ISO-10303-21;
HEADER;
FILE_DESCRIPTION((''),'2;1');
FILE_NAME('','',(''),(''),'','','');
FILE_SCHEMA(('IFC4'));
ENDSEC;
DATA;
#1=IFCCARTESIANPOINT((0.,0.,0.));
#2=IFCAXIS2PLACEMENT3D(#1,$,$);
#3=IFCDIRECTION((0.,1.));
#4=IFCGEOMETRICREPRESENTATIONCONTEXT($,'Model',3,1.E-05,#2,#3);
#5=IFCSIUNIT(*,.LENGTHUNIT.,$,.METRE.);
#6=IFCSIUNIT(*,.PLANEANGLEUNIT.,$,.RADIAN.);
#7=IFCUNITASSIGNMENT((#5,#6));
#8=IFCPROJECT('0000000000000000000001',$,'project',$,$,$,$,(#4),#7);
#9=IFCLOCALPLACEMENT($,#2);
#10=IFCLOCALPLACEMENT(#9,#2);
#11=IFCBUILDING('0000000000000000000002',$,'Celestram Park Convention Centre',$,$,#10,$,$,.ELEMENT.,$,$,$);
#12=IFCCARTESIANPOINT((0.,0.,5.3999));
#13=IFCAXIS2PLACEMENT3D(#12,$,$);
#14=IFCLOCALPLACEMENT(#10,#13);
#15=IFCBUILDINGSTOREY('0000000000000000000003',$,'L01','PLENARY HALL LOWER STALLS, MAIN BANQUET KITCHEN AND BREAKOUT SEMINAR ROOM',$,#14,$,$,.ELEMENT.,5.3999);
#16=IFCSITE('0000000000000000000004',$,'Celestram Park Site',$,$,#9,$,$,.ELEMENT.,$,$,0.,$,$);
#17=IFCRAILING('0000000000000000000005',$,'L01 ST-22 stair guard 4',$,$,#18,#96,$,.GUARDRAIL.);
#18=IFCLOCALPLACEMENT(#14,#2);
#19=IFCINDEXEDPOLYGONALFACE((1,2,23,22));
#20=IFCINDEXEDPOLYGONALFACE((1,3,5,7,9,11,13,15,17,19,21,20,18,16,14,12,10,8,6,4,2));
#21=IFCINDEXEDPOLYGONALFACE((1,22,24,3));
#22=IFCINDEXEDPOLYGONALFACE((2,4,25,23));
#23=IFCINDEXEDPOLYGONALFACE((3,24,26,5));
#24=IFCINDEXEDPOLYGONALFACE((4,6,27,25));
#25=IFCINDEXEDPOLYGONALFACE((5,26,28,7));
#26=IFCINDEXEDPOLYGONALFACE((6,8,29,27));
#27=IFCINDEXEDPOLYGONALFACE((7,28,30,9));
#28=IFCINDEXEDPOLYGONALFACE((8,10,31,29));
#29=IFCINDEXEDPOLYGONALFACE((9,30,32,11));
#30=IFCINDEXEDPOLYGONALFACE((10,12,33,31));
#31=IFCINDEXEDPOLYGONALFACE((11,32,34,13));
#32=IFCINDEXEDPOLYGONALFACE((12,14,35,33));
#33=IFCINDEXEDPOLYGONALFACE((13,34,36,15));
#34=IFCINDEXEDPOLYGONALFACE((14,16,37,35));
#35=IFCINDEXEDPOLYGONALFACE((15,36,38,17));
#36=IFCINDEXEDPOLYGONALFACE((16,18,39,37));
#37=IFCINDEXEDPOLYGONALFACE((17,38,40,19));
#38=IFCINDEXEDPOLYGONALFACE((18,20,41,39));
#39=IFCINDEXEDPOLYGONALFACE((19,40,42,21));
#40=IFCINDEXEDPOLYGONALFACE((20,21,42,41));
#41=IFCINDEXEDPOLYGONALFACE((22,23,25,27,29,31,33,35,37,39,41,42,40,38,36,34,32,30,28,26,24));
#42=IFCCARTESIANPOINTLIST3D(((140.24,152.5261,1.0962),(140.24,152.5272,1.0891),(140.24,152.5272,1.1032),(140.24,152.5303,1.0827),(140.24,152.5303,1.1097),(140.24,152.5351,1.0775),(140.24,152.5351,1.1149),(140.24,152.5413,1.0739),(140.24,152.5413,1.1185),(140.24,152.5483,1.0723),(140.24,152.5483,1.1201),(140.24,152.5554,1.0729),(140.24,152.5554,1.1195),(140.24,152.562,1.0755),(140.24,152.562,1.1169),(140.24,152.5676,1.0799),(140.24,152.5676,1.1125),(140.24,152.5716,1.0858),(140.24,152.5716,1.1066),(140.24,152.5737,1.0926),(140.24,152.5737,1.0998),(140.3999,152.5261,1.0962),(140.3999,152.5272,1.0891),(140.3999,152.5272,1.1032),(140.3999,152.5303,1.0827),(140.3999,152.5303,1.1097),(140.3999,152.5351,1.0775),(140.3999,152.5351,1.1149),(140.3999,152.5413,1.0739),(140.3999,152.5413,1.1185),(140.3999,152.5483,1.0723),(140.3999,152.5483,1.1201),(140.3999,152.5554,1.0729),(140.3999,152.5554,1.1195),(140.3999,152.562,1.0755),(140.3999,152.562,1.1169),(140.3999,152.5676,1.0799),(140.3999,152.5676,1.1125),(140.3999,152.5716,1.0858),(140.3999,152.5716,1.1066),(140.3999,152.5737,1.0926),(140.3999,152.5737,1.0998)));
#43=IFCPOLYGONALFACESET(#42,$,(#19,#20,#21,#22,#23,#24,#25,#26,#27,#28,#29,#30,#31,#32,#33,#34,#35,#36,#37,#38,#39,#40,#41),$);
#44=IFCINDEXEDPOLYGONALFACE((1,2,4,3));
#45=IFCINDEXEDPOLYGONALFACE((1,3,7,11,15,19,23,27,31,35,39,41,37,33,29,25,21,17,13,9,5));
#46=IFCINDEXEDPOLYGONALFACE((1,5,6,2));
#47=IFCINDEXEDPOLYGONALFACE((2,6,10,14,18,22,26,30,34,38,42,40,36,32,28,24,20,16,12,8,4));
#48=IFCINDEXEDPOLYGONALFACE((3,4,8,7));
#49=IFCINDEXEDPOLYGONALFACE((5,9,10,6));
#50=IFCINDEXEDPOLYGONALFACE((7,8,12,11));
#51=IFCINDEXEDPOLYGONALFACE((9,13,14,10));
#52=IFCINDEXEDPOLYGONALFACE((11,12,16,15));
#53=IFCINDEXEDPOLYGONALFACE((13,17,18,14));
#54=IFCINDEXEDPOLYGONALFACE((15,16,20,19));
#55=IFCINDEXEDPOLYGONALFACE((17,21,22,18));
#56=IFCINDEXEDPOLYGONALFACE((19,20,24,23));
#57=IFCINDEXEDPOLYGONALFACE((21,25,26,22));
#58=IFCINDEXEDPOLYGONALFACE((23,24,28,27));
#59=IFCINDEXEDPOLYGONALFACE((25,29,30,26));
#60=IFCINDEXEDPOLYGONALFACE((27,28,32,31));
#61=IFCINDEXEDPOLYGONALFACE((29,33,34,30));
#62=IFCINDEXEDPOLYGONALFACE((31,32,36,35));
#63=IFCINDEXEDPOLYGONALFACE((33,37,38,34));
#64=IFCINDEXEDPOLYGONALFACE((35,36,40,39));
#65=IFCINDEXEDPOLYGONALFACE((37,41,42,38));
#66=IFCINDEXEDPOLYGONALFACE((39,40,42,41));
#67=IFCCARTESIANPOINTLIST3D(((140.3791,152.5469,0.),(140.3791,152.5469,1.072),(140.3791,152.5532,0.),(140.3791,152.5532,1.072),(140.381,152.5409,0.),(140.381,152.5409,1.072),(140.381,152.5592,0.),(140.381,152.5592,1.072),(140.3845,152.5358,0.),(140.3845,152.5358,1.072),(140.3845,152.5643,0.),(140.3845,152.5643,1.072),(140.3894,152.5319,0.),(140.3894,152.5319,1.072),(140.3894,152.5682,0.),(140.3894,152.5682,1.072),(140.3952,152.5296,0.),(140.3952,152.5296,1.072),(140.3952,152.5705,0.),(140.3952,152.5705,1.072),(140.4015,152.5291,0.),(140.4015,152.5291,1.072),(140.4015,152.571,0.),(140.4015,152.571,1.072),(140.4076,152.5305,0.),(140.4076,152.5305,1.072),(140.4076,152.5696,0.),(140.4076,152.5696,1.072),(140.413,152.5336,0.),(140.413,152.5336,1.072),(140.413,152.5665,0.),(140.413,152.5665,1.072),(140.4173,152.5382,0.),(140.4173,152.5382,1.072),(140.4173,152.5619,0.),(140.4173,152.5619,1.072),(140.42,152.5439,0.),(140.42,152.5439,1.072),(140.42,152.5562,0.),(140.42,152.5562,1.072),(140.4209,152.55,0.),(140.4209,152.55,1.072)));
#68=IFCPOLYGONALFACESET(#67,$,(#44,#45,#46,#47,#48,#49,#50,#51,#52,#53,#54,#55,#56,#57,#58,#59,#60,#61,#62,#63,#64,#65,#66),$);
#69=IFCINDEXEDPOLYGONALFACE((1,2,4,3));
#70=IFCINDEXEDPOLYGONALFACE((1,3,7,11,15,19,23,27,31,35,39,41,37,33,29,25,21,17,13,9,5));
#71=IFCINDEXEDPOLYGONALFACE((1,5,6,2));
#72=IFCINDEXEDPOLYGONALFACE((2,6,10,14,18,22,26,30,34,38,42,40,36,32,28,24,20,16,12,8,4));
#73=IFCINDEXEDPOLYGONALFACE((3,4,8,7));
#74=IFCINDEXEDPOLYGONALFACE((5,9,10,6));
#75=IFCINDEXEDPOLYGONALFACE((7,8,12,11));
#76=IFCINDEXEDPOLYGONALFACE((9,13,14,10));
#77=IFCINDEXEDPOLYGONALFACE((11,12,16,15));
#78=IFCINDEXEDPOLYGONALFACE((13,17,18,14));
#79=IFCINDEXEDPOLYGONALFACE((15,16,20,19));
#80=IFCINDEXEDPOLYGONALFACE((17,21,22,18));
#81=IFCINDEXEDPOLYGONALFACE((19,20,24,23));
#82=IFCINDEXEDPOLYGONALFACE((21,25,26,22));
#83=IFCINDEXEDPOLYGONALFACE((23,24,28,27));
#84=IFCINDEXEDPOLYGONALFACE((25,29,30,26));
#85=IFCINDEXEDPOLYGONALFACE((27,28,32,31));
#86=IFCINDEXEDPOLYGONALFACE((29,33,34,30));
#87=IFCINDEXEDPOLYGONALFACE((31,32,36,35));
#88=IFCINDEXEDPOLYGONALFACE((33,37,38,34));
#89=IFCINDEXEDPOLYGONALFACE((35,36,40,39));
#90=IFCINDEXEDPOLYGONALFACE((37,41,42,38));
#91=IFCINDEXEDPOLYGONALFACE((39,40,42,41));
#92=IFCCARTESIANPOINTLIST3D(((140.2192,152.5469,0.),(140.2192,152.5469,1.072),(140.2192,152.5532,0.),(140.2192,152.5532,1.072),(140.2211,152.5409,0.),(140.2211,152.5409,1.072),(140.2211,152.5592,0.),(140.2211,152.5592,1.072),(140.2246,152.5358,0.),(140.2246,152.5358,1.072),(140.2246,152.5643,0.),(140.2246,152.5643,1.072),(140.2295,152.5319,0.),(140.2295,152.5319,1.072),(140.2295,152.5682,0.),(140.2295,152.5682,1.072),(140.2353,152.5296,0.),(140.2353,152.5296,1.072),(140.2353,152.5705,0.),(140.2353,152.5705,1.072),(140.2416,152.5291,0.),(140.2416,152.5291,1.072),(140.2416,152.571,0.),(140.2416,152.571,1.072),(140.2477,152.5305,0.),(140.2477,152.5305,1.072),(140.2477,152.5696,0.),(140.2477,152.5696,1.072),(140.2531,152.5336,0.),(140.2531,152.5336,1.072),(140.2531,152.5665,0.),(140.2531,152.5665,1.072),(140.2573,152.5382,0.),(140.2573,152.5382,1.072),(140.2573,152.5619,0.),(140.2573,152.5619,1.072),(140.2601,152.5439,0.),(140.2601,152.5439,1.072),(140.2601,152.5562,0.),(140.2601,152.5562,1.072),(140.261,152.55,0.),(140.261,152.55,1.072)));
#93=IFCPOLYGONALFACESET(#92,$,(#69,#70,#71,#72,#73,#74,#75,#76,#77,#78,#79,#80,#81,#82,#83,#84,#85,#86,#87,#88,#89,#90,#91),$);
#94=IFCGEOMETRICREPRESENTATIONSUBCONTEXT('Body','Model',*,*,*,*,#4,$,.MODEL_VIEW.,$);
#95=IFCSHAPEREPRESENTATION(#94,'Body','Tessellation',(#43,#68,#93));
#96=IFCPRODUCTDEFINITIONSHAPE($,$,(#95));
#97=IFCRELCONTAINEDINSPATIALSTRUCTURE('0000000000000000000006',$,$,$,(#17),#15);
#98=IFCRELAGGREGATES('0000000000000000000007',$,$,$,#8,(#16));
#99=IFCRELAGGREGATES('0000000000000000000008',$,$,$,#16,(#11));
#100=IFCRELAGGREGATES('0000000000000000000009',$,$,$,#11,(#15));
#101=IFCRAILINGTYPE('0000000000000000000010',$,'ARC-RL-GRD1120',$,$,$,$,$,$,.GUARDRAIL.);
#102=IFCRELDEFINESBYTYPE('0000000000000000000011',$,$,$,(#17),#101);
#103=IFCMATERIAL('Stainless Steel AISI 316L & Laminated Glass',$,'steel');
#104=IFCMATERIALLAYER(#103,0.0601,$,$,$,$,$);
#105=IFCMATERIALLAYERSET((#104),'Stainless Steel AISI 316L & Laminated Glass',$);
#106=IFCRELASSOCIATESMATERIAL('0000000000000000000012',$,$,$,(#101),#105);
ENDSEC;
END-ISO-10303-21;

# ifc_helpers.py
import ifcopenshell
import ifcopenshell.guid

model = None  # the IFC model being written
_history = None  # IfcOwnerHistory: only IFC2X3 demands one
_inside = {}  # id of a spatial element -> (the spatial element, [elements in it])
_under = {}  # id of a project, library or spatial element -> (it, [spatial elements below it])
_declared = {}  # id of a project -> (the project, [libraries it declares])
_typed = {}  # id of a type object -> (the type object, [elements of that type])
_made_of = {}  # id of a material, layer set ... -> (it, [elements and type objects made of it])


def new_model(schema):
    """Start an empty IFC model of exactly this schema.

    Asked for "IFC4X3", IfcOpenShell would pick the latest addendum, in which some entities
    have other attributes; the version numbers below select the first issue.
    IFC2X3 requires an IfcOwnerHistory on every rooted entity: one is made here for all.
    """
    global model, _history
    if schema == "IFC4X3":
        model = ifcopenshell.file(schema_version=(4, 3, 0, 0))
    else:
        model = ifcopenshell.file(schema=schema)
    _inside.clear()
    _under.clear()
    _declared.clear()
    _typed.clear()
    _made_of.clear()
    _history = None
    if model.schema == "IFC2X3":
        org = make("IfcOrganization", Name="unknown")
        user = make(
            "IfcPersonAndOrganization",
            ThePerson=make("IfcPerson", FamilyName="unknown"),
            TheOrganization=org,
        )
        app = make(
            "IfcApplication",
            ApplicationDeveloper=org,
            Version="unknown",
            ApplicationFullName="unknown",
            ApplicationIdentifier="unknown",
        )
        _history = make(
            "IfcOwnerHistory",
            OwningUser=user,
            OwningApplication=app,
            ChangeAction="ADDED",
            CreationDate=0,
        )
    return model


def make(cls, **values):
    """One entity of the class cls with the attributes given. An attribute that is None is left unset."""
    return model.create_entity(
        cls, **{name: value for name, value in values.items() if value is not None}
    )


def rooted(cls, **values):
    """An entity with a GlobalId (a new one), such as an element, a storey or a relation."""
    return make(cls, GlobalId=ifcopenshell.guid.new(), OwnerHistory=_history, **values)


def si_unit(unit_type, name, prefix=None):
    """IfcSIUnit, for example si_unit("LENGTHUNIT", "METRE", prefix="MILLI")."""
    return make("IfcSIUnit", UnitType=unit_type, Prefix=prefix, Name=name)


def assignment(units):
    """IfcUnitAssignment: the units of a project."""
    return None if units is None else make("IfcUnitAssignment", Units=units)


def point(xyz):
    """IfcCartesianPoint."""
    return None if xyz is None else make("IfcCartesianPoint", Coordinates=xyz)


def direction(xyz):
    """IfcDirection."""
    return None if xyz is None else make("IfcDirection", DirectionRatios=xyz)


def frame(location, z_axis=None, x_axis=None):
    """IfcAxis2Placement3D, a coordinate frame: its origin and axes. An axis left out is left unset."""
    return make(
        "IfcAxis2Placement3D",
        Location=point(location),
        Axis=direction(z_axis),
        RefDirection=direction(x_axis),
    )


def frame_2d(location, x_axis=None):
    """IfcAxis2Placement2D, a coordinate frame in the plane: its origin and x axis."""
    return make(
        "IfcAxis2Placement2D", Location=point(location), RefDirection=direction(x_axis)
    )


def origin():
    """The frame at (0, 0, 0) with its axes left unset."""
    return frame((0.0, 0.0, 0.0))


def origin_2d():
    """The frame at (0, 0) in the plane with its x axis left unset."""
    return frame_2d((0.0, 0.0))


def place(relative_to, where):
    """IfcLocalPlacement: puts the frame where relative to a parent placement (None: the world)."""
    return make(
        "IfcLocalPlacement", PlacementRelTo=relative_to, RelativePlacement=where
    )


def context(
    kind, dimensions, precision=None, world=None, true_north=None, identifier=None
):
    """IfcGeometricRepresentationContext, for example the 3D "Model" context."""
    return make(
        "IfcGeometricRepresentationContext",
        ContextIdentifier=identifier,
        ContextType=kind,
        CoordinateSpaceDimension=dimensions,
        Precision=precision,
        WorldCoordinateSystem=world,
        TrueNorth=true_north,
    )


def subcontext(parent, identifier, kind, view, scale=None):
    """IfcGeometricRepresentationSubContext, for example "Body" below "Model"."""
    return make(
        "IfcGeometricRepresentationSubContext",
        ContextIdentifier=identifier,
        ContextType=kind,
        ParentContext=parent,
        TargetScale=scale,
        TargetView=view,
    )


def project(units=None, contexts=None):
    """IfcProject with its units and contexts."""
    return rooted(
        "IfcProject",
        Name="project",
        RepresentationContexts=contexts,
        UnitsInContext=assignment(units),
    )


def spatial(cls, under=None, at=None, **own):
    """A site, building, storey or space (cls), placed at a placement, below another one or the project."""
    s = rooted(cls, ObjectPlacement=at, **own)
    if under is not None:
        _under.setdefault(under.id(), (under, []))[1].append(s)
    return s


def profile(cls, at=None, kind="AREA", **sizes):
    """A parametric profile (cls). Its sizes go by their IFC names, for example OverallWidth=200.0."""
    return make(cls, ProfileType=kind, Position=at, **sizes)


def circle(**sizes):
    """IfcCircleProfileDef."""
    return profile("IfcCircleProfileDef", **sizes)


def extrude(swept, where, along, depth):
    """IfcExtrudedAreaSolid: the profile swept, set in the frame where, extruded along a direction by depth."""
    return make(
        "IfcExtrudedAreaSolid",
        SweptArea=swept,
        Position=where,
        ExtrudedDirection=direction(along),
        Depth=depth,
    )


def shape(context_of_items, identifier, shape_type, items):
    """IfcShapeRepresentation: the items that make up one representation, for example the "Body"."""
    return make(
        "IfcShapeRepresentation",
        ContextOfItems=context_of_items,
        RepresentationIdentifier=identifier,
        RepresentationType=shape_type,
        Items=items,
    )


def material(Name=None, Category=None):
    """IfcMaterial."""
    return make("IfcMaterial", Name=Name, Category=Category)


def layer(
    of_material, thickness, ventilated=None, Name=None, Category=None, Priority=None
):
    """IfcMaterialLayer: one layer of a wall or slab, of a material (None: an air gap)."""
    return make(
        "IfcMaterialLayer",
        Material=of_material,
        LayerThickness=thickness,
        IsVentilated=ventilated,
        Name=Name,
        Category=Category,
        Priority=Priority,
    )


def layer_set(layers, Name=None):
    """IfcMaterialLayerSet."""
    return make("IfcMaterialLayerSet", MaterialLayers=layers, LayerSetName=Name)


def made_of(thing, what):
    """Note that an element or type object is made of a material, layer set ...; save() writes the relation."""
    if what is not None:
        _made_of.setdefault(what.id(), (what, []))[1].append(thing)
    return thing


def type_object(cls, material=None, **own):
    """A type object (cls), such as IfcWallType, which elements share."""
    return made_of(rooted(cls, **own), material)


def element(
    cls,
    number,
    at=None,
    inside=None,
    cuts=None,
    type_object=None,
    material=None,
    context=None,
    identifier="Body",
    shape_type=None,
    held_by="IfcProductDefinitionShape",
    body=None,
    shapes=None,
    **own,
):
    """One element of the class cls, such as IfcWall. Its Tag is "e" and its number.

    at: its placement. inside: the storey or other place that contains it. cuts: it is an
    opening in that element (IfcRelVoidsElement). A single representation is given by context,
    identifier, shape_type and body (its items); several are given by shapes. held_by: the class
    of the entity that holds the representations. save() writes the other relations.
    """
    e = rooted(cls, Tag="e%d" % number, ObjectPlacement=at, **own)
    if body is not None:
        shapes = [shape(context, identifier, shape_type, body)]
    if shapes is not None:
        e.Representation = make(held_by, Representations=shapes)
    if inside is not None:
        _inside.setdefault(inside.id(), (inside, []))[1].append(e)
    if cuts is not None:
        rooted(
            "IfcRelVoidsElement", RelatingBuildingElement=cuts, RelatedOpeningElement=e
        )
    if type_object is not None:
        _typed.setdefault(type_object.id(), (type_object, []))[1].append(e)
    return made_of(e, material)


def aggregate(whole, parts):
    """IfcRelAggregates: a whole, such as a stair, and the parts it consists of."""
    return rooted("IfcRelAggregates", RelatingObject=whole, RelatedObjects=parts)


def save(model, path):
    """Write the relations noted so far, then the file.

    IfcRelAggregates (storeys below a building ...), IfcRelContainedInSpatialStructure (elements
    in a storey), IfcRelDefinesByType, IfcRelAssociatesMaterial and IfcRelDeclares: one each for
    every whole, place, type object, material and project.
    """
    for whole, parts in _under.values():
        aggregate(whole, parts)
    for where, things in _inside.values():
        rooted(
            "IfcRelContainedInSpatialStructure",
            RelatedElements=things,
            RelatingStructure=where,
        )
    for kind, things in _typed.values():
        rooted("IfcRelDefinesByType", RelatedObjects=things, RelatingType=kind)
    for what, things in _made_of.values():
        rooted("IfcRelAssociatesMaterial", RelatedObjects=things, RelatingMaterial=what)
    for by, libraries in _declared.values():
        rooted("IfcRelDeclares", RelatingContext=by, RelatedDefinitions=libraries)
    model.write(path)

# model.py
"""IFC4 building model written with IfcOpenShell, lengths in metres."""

from ifc_helpers import new_model, si_unit, direction, frame, origin, origin_2d, place, context, subcontext, project, spatial, circle, extrude, material, layer, layer_set, type_object, element, save


model = new_model("IFC4")

# Units and contexts
model_context = context("Model", 3, precision=1e-05, world=origin(), true_north=direction((0.0, 1.0)))
body_context = subcontext(model_context, "Body", "Model", "MODEL_VIEW")
ifc_project = project(units=[si_unit("LENGTHUNIT", "METRE"), si_unit("PLANEANGLEUNIT", "RADIAN")], contexts=[model_context])

# Site, building, storey
site_placement = place(None, origin())
site = spatial("IfcSite", under=ifc_project, at=site_placement, Name="Celestram Park Site", CompositionType="ELEMENT", RefElevation=0.0)
building_placement = place(site_placement, origin())
building = spatial("IfcBuilding", under=site, at=building_placement, Name="Celestram Park Convention Centre", CompositionType="ELEMENT")
storey_placement = place(building_placement, frame((0.0, 0.0, 5.3999)))
storey = spatial("IfcBuildingStorey", under=building, at=storey_placement, Name="L01", Description="PLENARY HALL LOWER STALLS, MAIN BANQUET KITCHEN AND BREAKOUT SEMINAR ROOM", CompositionType="ELEMENT", Elevation=5.3999)

# Railing
ifc_material_1 = material(Name="Stainless Steel AISI 316L & Laminated Glass", Category="steel")
ifc_layer_1 = layer(ifc_material_1, 0.0601)
ifc_layer_set_1 = layer_set([ifc_layer_1], Name="Stainless Steel AISI 316L & Laminated Glass")
railing_type_1 = type_object("IfcRailingType", Name="ARC-RL-GRD1120", PredefinedType="GUARDRAIL", material=ifc_layer_set_1)
railing_1_placement = place(storey_placement, frame((140.3999, 152.55, 0.0)))
element("IfcRailing", 1, at=railing_1_placement, inside=storey, type_object=railing_type_1, Name="L01 ST-22 stair guard 4", PredefinedType="GUARDRAIL", context=body_context, shape_type="SweptSolid", body=[
    extrude(circle(Radius=0.0239, at=origin_2d()), frame((0.0, 0.0, 1.0962), z_axis=(-1.0, 0.0, 0.0), x_axis=(0.0, -1.0, 0.0)), (0.0, 0.0, 1.0), 0.1599),
    extrude(circle(Radius=0.021, at=origin_2d()), origin(), (0.0, 0.0, 1.0), 1.072),
    extrude(circle(Radius=0.021, at=origin_2d()), frame((-0.1599, 0.0, 0.0)), (0.0, 0.0, 1.0), 1.072),
])

save(model, "model.ifc")
